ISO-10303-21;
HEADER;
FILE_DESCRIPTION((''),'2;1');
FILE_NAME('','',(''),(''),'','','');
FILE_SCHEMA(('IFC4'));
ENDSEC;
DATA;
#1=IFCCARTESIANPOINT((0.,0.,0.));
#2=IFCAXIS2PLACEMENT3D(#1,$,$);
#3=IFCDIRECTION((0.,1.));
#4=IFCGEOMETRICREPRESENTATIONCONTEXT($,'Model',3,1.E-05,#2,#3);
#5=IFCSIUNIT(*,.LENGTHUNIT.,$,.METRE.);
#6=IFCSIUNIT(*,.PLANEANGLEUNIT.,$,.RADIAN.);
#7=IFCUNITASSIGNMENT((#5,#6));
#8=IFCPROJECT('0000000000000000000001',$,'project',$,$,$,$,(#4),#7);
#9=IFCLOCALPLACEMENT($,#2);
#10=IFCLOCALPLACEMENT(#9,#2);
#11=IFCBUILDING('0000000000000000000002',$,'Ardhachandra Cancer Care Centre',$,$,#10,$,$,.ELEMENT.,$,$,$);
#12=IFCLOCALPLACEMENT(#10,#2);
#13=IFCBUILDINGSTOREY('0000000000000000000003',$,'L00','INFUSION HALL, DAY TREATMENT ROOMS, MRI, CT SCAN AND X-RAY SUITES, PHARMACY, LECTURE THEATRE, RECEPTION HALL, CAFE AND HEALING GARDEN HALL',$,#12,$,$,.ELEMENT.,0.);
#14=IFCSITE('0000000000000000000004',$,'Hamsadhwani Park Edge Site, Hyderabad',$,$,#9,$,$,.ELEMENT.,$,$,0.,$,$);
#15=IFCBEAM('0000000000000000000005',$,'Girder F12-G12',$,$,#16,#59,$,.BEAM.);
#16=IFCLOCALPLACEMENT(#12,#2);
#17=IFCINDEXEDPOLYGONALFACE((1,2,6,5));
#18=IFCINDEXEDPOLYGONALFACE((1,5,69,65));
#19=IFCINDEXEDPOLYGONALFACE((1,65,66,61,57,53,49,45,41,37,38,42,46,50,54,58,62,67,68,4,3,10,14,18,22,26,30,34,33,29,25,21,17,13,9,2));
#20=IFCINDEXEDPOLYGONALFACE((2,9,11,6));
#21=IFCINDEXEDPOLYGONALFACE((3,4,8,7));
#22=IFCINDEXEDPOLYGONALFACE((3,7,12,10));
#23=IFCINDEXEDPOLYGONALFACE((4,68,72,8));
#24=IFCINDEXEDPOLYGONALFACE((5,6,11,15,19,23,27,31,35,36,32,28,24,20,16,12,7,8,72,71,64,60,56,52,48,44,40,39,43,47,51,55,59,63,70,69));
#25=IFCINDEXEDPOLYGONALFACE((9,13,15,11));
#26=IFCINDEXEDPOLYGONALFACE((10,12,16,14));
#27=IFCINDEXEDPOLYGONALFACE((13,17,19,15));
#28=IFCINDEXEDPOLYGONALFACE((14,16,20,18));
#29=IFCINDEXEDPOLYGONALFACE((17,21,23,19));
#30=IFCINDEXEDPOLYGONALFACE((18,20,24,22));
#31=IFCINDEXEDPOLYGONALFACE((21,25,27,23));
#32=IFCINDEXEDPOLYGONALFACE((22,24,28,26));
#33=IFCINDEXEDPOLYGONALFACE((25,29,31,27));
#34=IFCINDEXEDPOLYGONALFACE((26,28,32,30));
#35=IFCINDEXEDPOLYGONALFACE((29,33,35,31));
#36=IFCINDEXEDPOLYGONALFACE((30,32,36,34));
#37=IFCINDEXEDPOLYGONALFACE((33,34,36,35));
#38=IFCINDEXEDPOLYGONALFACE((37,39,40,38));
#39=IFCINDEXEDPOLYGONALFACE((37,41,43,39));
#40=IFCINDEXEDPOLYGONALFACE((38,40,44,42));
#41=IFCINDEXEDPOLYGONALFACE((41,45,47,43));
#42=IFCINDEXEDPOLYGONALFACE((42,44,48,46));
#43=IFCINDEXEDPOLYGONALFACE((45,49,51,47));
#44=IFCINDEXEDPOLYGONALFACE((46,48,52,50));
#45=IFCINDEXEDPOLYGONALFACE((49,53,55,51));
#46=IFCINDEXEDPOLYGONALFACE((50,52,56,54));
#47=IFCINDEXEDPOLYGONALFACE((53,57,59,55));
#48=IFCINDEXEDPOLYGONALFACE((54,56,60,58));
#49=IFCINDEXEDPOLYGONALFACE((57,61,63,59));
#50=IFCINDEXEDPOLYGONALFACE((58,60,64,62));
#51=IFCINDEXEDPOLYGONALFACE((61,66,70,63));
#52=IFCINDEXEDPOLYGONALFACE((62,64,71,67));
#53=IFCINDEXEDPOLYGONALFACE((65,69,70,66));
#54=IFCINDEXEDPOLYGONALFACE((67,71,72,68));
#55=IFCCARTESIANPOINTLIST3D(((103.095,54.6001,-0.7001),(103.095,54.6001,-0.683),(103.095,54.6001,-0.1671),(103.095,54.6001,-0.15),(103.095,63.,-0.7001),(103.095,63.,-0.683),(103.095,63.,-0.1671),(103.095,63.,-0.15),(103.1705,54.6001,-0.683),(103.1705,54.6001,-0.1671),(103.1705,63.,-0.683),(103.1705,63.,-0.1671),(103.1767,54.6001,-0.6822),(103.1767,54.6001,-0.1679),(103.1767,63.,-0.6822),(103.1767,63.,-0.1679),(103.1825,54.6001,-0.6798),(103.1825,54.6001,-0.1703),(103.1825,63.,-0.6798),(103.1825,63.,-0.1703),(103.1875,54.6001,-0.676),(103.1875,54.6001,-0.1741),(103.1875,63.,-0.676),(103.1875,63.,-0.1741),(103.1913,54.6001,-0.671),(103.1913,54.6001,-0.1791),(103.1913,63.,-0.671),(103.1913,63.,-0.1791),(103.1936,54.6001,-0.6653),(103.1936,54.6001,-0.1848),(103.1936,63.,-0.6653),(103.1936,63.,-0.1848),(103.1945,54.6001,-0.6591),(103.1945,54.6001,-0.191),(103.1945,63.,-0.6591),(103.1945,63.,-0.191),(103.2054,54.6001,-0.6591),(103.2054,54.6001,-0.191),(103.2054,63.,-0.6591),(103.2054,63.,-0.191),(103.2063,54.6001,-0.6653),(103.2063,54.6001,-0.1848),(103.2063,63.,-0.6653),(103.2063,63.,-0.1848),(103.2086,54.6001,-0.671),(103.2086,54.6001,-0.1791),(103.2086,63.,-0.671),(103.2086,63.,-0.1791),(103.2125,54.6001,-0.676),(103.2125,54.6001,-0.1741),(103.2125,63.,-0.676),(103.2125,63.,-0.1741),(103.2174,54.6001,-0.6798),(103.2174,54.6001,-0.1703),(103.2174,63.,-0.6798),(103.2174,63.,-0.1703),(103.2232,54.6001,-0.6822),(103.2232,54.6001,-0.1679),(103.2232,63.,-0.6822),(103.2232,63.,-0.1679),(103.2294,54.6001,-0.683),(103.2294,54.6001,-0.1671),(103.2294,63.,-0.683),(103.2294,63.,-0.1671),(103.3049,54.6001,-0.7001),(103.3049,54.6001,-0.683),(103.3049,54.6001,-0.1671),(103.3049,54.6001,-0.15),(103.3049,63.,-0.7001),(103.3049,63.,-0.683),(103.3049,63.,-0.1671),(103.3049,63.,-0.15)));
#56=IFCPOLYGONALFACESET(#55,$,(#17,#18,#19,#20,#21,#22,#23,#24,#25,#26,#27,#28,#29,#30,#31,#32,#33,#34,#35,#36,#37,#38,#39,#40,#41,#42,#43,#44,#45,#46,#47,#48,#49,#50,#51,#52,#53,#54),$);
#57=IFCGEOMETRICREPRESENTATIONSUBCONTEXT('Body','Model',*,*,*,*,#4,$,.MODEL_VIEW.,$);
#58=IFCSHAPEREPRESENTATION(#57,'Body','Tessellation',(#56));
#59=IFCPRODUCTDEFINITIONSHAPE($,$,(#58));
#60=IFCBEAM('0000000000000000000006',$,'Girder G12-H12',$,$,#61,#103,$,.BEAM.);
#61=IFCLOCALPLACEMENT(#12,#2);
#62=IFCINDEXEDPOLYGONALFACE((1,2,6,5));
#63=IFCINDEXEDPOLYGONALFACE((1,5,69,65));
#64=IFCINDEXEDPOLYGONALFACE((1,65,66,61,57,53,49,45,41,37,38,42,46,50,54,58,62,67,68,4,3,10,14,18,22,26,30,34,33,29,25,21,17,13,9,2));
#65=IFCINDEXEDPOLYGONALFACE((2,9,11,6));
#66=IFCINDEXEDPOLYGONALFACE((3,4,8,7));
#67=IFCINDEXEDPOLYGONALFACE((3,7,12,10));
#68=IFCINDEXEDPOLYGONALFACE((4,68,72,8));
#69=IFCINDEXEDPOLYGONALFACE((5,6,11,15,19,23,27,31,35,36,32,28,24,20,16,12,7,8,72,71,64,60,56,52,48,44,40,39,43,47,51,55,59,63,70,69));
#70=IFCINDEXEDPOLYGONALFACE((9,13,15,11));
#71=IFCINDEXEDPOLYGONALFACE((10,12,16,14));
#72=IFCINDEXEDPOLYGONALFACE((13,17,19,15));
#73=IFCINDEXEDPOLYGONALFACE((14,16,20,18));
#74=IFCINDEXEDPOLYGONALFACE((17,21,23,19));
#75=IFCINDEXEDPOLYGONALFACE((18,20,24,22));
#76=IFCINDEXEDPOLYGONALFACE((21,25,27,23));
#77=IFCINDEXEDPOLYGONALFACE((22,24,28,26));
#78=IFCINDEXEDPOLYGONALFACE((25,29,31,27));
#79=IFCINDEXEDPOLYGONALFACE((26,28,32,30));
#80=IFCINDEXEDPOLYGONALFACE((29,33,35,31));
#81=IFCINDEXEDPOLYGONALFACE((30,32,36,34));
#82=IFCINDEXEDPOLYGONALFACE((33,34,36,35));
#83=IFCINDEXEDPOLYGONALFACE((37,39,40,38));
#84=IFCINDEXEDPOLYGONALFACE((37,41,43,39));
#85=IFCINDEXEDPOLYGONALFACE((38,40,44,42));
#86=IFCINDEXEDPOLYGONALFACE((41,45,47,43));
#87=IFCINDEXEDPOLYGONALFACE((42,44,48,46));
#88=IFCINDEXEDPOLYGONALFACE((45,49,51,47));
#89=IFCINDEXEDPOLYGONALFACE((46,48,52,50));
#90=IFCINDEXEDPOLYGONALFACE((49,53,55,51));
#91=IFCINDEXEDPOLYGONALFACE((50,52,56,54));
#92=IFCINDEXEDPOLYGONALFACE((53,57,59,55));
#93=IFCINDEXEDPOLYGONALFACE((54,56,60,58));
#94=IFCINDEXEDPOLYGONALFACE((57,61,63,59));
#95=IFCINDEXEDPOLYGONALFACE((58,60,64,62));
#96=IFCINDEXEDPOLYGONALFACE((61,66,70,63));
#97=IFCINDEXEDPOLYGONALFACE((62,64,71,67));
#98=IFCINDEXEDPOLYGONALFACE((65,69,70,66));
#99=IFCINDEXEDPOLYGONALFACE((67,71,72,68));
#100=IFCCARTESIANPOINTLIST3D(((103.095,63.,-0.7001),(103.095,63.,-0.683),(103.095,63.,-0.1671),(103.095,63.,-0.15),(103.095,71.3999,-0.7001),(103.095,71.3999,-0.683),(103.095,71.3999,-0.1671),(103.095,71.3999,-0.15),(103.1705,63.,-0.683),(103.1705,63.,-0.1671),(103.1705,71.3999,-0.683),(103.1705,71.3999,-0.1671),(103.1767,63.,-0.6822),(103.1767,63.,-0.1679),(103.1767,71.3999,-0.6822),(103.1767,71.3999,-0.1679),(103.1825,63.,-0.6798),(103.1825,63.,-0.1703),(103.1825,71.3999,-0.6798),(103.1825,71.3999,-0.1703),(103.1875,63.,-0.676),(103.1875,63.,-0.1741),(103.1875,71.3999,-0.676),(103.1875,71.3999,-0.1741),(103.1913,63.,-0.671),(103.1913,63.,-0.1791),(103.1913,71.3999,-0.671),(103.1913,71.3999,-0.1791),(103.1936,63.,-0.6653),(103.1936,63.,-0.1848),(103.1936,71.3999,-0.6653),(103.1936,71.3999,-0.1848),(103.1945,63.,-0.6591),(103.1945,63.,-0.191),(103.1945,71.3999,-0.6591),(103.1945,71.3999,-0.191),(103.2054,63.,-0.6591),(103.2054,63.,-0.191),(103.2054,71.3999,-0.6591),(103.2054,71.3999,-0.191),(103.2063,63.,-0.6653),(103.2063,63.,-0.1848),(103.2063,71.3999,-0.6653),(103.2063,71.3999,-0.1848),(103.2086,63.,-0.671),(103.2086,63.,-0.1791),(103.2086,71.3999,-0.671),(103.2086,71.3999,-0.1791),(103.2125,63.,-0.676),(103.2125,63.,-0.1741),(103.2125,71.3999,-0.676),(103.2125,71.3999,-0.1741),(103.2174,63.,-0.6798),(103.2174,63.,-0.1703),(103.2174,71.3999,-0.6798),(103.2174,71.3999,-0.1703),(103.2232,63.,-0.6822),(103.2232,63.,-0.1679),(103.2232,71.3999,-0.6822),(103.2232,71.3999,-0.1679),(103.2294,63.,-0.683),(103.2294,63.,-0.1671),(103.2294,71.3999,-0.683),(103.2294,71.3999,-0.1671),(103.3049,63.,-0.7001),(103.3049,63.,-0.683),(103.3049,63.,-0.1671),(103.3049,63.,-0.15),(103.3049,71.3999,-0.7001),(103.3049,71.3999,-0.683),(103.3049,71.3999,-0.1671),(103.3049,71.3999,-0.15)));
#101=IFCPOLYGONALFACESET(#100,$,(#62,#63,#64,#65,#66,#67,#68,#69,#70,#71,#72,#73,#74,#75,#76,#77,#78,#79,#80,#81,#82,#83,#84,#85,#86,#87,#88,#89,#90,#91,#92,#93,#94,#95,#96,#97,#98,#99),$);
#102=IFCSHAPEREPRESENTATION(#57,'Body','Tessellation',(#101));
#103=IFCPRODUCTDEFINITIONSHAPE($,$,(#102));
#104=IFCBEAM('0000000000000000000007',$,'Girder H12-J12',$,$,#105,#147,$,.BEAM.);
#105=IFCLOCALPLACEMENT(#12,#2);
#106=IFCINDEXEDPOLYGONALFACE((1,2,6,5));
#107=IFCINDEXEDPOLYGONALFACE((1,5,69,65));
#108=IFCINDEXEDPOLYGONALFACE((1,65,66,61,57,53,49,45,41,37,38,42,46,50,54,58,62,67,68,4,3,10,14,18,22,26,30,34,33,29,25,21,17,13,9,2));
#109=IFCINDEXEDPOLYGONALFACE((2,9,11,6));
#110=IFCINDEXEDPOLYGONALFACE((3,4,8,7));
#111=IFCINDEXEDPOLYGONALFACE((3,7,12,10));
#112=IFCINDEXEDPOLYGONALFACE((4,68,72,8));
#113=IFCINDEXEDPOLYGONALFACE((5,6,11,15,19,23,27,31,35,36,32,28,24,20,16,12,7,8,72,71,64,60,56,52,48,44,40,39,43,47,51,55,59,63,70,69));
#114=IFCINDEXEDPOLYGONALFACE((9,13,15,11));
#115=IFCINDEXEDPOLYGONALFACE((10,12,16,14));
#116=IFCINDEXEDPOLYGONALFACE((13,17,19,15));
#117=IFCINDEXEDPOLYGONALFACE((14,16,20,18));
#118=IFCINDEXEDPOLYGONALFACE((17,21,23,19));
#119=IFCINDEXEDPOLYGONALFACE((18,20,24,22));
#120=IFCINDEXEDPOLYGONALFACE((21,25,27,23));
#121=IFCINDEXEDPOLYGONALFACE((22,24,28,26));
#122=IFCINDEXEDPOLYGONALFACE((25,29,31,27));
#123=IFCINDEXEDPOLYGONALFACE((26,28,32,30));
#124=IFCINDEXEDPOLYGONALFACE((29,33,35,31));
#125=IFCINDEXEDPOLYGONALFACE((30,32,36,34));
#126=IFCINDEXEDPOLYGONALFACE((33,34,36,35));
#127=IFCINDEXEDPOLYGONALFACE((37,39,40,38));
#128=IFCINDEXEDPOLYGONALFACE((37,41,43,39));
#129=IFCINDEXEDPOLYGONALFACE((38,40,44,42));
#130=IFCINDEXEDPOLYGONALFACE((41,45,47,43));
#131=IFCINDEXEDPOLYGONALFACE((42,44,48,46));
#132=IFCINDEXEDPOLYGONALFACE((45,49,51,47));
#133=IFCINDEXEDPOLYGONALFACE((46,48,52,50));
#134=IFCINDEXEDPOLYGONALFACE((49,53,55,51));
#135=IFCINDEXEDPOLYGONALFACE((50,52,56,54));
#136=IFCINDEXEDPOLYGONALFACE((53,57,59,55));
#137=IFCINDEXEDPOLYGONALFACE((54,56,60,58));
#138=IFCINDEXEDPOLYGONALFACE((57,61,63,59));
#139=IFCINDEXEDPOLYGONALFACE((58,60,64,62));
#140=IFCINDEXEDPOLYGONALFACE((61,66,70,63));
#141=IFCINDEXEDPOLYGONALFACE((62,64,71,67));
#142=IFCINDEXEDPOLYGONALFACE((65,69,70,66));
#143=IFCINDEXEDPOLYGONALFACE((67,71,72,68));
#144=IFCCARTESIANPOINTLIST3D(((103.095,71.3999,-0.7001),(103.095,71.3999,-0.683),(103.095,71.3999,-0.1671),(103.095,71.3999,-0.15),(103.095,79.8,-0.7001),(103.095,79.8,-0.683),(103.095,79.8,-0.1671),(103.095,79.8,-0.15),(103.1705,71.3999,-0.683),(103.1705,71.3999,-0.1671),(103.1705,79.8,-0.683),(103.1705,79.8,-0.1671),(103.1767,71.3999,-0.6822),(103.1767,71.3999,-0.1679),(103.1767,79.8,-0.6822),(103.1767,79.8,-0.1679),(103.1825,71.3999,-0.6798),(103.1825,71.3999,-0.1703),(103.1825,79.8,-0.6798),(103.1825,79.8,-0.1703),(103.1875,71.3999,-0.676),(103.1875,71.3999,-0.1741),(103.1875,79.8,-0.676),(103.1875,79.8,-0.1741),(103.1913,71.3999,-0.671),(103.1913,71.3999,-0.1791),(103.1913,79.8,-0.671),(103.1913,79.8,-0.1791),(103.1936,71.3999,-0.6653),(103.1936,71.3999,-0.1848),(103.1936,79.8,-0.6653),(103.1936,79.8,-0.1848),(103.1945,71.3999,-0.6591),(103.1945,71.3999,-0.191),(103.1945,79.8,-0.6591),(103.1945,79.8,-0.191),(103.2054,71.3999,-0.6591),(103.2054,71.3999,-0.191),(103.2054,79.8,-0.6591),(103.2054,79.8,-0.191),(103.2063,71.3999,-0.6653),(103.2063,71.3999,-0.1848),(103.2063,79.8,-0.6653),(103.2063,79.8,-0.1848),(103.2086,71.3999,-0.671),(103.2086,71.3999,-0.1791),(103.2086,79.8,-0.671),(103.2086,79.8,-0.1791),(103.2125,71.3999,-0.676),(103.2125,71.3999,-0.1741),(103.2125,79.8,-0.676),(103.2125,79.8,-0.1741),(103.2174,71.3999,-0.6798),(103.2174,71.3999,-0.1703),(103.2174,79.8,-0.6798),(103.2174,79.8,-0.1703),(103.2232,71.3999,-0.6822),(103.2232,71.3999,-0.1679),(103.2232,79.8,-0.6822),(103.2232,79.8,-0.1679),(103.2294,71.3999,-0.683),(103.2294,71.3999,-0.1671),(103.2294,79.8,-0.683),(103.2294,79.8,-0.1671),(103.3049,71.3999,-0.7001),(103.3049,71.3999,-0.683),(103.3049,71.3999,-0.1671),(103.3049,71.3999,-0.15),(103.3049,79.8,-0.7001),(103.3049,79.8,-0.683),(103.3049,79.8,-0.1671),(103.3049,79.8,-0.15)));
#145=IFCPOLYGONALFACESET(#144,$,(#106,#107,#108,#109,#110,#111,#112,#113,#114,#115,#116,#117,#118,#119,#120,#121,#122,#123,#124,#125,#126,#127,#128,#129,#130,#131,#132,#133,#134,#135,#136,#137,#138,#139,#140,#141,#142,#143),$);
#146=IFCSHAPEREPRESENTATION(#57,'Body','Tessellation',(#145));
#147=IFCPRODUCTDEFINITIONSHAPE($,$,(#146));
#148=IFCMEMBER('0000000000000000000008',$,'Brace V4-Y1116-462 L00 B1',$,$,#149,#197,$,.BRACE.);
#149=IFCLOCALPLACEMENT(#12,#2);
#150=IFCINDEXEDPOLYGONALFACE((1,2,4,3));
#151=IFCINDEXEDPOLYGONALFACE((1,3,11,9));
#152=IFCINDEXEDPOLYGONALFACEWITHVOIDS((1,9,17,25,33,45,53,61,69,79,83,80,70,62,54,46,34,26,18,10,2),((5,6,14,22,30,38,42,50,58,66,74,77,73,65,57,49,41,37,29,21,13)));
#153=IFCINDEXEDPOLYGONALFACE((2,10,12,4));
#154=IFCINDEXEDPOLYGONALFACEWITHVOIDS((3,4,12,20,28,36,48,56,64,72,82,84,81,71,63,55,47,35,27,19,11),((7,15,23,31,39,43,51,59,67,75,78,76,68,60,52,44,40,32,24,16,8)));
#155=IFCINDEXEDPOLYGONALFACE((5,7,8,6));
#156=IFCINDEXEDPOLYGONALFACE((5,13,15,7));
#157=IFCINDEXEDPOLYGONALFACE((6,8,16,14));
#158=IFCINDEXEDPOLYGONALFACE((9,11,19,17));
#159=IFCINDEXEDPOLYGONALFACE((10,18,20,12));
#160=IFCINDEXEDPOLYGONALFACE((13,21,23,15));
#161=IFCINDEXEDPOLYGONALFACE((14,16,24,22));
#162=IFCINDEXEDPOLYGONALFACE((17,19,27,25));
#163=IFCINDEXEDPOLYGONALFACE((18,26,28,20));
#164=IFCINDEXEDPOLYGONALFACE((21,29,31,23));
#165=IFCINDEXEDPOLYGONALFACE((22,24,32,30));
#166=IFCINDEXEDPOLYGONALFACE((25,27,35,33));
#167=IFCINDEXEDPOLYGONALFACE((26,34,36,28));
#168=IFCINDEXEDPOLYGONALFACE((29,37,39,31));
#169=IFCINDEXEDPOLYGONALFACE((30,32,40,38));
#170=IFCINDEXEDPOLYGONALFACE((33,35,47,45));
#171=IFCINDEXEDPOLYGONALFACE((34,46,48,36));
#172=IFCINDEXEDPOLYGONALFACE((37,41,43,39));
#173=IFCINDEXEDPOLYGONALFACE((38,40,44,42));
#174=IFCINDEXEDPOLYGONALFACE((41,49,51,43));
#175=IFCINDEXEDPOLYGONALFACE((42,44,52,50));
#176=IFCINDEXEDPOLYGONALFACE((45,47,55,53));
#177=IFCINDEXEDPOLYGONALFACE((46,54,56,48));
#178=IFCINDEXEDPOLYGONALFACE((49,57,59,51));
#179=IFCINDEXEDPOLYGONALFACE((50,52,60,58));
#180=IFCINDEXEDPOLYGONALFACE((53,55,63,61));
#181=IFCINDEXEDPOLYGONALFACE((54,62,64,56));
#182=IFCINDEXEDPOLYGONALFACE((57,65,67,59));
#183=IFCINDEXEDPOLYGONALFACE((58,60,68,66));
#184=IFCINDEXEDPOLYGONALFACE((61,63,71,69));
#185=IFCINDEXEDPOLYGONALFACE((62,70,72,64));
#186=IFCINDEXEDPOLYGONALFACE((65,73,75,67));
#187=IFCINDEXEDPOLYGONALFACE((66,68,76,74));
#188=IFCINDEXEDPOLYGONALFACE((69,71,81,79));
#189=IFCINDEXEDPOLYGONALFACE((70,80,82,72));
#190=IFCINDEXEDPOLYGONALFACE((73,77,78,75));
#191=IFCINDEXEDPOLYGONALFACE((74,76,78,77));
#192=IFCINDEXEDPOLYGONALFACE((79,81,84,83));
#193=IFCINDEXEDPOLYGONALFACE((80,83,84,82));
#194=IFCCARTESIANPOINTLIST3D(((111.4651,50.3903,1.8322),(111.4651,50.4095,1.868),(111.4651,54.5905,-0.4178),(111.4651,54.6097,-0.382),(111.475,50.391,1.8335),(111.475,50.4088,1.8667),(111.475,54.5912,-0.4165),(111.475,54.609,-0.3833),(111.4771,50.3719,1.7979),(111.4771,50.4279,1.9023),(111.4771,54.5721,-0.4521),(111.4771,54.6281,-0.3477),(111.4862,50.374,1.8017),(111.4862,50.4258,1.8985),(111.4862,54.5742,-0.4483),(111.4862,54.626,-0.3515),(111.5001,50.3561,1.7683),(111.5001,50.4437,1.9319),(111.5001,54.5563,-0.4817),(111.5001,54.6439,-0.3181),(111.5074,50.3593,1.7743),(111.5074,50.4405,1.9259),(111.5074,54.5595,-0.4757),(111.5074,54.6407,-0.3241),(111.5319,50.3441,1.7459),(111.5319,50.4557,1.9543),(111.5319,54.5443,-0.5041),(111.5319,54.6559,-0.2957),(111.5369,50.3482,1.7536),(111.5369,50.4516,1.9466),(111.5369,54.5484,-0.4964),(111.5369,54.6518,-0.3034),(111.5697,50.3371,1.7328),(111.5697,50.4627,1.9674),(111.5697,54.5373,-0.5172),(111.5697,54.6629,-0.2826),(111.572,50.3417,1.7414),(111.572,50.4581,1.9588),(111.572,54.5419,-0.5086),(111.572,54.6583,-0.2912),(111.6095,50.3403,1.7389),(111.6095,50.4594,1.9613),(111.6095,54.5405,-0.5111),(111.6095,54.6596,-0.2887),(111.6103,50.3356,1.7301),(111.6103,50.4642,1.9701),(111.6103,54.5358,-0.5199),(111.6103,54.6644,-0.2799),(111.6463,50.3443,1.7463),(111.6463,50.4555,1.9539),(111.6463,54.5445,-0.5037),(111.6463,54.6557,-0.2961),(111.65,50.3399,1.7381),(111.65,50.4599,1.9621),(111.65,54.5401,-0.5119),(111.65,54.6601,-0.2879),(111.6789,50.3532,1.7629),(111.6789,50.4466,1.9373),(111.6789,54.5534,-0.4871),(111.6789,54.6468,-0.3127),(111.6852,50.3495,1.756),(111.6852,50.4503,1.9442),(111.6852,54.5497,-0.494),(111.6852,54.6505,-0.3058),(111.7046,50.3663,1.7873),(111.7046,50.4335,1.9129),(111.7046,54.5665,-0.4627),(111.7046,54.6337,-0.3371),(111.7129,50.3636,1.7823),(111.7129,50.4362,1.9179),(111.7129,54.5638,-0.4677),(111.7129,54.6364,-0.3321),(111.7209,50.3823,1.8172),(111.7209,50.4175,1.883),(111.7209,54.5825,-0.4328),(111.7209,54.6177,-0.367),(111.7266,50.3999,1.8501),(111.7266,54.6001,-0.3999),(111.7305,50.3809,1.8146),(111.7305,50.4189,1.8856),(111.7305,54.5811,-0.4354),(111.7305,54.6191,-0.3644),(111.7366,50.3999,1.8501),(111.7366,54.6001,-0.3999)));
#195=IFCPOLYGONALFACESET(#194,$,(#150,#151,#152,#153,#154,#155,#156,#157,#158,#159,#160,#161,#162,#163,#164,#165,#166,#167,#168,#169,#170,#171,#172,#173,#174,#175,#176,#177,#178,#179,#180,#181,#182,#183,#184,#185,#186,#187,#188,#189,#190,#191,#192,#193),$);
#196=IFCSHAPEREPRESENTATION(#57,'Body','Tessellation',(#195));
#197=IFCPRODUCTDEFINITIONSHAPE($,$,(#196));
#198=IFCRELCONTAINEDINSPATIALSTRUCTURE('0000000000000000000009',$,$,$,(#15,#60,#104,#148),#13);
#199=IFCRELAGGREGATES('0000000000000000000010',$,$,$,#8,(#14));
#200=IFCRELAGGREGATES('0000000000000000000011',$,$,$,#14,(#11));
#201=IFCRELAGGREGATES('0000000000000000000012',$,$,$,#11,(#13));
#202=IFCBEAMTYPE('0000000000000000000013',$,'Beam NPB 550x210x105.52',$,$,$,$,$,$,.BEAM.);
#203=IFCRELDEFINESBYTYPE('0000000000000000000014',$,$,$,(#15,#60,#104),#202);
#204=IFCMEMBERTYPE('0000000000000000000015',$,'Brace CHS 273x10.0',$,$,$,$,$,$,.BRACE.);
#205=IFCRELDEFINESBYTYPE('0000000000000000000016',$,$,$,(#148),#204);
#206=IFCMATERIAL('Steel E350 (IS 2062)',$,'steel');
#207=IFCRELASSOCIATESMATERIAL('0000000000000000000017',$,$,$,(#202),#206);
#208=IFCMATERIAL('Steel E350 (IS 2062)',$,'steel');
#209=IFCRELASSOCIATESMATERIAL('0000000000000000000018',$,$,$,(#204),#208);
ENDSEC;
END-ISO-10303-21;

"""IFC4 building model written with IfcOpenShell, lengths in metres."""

from ifc_helpers import new_model, si_unit, direction, frame, origin, origin_2d, place, context, subcontext, project, spatial, hollow_circle, i_section, extrude, material, material_profile, profile_set, type_object, element, save


model = new_model("IFC4")

# Units and contexts
model_context = context("Model", 3, precision=1e-05, world=origin(), true_north=direction((0.0, 1.0)))
body_context = subcontext(model_context, "Body", "Model", "MODEL_VIEW")
ifc_project = project(units=[si_unit("LENGTHUNIT", "METRE"), si_unit("PLANEANGLEUNIT", "RADIAN")], contexts=[model_context])

# Site, building, storey
site_placement = place(None, origin())
site = spatial("IfcSite", under=ifc_project, at=site_placement, Name="Hamsadhwani Park Edge Site, Hyderabad", CompositionType="ELEMENT", RefElevation=0.0)
building_placement = place(site_placement, origin())
building = spatial("IfcBuilding", under=site, at=building_placement, Name="Ardhachandra Cancer Care Centre", CompositionType="ELEMENT")
storey_placement = place(building_placement, origin())
storey = spatial("IfcBuildingStorey", under=building, at=storey_placement, Name="L00", Description="INFUSION HALL, DAY TREATMENT ROOMS, MRI, CT SCAN AND X-RAY SUITES, PHARMACY, LECTURE THEATRE, RECEPTION HALL, CAFE AND HEALING GARDEN HALL", CompositionType="ELEMENT", Elevation=0.0)

# Beams
ifc_material_1 = material(Name="Steel E350 (IS 2062)", Category="steel")
ifc_material_profile_1 = material_profile(ifc_material_1, i_section(OverallWidth=0.21, OverallDepth=0.55, WebThickness=0.011, FlangeThickness=0.0171, FilletRadius=0.0239, at=origin_2d()), Name="NPB 550x210x105.52")
ifc_profile_set_1 = profile_set([ifc_material_profile_1], Name="Steel E350 (IS 2062)")
beam_type_1 = type_object("IfcBeamType", Name="Beam NPB 550x210x105.52", PredefinedType="BEAM", material=ifc_profile_set_1)
for number, where, z_axis, x_axis, name in (
    (1, (103.2, 54.6001, -0.425), (0.0, 1.0, 0.0), (-1.0, 0.0, 0.0), "Girder F12-G12"),
    (2, (103.2, 63.0, -0.425), (0.0, 1.0, 0.0), (-1.0, 0.0, 0.0), "Girder G12-H12"),
):
    element("IfcBeam", number, at=place(storey_placement, frame(where, z_axis=z_axis, x_axis=x_axis)), inside=storey, type_object=beam_type_1, Name=name, PredefinedType="BEAM", context=body_context, shape_type="SweptSolid", body=[
        extrude(i_section(OverallWidth=0.21, OverallDepth=0.55, WebThickness=0.011, FlangeThickness=0.0171, FilletRadius=0.0239, at=origin_2d()), origin(), (0.0, 0.0, 1.0), 8.3999),
    ])
beam_1_placement = place(storey_placement, frame((103.2, 71.3999, -0.425), z_axis=(0.0, 1.0, 0.0), x_axis=(-1.0, 0.0, 0.0)))
element("IfcBeam", 3, at=beam_1_placement, inside=storey, type_object=beam_type_1, Name="Girder H12-J12", PredefinedType="BEAM", context=body_context, shape_type="SweptSolid", body=[
    extrude(i_section(OverallWidth=0.21, OverallDepth=0.55, WebThickness=0.011, FlangeThickness=0.0171, FilletRadius=0.0239, at=origin_2d()), origin(), (0.0, 0.0, 1.0), 8.4001),
])

# Member
ifc_material_2 = material(Name="Steel E350 (IS 2062)", Category="steel")
ifc_material_profile_2 = material_profile(ifc_material_2, hollow_circle(Radius=0.1365, WallThickness=0.01, at=origin_2d()), Name="CHS 273x10.0")
ifc_profile_set_2 = profile_set([ifc_material_profile_2], Name="Steel E350 (IS 2062)")
member_type = type_object("IfcMemberType", Name="Brace CHS 273x10.0", PredefinedType="BRACE", material=ifc_profile_set_2)
member_placement = place(storey_placement, frame((111.6001, 54.6001, -0.3999), z_axis=(0.0, -0.881489, 0.472204), x_axis=(1.0, 0.0, 0.0)))
element("IfcMember", 4, at=member_placement, inside=storey, type_object=member_type, Name="Brace V4-Y1116-462 L00 B1", PredefinedType="BRACE", context=body_context, shape_type="SweptSolid", body=[
    extrude(hollow_circle(Radius=0.1365, WallThickness=0.01, at=origin_2d()), origin(), (0.0, 0.0, 1.0), 4.7649),
])

save(model, "model.ifc")
